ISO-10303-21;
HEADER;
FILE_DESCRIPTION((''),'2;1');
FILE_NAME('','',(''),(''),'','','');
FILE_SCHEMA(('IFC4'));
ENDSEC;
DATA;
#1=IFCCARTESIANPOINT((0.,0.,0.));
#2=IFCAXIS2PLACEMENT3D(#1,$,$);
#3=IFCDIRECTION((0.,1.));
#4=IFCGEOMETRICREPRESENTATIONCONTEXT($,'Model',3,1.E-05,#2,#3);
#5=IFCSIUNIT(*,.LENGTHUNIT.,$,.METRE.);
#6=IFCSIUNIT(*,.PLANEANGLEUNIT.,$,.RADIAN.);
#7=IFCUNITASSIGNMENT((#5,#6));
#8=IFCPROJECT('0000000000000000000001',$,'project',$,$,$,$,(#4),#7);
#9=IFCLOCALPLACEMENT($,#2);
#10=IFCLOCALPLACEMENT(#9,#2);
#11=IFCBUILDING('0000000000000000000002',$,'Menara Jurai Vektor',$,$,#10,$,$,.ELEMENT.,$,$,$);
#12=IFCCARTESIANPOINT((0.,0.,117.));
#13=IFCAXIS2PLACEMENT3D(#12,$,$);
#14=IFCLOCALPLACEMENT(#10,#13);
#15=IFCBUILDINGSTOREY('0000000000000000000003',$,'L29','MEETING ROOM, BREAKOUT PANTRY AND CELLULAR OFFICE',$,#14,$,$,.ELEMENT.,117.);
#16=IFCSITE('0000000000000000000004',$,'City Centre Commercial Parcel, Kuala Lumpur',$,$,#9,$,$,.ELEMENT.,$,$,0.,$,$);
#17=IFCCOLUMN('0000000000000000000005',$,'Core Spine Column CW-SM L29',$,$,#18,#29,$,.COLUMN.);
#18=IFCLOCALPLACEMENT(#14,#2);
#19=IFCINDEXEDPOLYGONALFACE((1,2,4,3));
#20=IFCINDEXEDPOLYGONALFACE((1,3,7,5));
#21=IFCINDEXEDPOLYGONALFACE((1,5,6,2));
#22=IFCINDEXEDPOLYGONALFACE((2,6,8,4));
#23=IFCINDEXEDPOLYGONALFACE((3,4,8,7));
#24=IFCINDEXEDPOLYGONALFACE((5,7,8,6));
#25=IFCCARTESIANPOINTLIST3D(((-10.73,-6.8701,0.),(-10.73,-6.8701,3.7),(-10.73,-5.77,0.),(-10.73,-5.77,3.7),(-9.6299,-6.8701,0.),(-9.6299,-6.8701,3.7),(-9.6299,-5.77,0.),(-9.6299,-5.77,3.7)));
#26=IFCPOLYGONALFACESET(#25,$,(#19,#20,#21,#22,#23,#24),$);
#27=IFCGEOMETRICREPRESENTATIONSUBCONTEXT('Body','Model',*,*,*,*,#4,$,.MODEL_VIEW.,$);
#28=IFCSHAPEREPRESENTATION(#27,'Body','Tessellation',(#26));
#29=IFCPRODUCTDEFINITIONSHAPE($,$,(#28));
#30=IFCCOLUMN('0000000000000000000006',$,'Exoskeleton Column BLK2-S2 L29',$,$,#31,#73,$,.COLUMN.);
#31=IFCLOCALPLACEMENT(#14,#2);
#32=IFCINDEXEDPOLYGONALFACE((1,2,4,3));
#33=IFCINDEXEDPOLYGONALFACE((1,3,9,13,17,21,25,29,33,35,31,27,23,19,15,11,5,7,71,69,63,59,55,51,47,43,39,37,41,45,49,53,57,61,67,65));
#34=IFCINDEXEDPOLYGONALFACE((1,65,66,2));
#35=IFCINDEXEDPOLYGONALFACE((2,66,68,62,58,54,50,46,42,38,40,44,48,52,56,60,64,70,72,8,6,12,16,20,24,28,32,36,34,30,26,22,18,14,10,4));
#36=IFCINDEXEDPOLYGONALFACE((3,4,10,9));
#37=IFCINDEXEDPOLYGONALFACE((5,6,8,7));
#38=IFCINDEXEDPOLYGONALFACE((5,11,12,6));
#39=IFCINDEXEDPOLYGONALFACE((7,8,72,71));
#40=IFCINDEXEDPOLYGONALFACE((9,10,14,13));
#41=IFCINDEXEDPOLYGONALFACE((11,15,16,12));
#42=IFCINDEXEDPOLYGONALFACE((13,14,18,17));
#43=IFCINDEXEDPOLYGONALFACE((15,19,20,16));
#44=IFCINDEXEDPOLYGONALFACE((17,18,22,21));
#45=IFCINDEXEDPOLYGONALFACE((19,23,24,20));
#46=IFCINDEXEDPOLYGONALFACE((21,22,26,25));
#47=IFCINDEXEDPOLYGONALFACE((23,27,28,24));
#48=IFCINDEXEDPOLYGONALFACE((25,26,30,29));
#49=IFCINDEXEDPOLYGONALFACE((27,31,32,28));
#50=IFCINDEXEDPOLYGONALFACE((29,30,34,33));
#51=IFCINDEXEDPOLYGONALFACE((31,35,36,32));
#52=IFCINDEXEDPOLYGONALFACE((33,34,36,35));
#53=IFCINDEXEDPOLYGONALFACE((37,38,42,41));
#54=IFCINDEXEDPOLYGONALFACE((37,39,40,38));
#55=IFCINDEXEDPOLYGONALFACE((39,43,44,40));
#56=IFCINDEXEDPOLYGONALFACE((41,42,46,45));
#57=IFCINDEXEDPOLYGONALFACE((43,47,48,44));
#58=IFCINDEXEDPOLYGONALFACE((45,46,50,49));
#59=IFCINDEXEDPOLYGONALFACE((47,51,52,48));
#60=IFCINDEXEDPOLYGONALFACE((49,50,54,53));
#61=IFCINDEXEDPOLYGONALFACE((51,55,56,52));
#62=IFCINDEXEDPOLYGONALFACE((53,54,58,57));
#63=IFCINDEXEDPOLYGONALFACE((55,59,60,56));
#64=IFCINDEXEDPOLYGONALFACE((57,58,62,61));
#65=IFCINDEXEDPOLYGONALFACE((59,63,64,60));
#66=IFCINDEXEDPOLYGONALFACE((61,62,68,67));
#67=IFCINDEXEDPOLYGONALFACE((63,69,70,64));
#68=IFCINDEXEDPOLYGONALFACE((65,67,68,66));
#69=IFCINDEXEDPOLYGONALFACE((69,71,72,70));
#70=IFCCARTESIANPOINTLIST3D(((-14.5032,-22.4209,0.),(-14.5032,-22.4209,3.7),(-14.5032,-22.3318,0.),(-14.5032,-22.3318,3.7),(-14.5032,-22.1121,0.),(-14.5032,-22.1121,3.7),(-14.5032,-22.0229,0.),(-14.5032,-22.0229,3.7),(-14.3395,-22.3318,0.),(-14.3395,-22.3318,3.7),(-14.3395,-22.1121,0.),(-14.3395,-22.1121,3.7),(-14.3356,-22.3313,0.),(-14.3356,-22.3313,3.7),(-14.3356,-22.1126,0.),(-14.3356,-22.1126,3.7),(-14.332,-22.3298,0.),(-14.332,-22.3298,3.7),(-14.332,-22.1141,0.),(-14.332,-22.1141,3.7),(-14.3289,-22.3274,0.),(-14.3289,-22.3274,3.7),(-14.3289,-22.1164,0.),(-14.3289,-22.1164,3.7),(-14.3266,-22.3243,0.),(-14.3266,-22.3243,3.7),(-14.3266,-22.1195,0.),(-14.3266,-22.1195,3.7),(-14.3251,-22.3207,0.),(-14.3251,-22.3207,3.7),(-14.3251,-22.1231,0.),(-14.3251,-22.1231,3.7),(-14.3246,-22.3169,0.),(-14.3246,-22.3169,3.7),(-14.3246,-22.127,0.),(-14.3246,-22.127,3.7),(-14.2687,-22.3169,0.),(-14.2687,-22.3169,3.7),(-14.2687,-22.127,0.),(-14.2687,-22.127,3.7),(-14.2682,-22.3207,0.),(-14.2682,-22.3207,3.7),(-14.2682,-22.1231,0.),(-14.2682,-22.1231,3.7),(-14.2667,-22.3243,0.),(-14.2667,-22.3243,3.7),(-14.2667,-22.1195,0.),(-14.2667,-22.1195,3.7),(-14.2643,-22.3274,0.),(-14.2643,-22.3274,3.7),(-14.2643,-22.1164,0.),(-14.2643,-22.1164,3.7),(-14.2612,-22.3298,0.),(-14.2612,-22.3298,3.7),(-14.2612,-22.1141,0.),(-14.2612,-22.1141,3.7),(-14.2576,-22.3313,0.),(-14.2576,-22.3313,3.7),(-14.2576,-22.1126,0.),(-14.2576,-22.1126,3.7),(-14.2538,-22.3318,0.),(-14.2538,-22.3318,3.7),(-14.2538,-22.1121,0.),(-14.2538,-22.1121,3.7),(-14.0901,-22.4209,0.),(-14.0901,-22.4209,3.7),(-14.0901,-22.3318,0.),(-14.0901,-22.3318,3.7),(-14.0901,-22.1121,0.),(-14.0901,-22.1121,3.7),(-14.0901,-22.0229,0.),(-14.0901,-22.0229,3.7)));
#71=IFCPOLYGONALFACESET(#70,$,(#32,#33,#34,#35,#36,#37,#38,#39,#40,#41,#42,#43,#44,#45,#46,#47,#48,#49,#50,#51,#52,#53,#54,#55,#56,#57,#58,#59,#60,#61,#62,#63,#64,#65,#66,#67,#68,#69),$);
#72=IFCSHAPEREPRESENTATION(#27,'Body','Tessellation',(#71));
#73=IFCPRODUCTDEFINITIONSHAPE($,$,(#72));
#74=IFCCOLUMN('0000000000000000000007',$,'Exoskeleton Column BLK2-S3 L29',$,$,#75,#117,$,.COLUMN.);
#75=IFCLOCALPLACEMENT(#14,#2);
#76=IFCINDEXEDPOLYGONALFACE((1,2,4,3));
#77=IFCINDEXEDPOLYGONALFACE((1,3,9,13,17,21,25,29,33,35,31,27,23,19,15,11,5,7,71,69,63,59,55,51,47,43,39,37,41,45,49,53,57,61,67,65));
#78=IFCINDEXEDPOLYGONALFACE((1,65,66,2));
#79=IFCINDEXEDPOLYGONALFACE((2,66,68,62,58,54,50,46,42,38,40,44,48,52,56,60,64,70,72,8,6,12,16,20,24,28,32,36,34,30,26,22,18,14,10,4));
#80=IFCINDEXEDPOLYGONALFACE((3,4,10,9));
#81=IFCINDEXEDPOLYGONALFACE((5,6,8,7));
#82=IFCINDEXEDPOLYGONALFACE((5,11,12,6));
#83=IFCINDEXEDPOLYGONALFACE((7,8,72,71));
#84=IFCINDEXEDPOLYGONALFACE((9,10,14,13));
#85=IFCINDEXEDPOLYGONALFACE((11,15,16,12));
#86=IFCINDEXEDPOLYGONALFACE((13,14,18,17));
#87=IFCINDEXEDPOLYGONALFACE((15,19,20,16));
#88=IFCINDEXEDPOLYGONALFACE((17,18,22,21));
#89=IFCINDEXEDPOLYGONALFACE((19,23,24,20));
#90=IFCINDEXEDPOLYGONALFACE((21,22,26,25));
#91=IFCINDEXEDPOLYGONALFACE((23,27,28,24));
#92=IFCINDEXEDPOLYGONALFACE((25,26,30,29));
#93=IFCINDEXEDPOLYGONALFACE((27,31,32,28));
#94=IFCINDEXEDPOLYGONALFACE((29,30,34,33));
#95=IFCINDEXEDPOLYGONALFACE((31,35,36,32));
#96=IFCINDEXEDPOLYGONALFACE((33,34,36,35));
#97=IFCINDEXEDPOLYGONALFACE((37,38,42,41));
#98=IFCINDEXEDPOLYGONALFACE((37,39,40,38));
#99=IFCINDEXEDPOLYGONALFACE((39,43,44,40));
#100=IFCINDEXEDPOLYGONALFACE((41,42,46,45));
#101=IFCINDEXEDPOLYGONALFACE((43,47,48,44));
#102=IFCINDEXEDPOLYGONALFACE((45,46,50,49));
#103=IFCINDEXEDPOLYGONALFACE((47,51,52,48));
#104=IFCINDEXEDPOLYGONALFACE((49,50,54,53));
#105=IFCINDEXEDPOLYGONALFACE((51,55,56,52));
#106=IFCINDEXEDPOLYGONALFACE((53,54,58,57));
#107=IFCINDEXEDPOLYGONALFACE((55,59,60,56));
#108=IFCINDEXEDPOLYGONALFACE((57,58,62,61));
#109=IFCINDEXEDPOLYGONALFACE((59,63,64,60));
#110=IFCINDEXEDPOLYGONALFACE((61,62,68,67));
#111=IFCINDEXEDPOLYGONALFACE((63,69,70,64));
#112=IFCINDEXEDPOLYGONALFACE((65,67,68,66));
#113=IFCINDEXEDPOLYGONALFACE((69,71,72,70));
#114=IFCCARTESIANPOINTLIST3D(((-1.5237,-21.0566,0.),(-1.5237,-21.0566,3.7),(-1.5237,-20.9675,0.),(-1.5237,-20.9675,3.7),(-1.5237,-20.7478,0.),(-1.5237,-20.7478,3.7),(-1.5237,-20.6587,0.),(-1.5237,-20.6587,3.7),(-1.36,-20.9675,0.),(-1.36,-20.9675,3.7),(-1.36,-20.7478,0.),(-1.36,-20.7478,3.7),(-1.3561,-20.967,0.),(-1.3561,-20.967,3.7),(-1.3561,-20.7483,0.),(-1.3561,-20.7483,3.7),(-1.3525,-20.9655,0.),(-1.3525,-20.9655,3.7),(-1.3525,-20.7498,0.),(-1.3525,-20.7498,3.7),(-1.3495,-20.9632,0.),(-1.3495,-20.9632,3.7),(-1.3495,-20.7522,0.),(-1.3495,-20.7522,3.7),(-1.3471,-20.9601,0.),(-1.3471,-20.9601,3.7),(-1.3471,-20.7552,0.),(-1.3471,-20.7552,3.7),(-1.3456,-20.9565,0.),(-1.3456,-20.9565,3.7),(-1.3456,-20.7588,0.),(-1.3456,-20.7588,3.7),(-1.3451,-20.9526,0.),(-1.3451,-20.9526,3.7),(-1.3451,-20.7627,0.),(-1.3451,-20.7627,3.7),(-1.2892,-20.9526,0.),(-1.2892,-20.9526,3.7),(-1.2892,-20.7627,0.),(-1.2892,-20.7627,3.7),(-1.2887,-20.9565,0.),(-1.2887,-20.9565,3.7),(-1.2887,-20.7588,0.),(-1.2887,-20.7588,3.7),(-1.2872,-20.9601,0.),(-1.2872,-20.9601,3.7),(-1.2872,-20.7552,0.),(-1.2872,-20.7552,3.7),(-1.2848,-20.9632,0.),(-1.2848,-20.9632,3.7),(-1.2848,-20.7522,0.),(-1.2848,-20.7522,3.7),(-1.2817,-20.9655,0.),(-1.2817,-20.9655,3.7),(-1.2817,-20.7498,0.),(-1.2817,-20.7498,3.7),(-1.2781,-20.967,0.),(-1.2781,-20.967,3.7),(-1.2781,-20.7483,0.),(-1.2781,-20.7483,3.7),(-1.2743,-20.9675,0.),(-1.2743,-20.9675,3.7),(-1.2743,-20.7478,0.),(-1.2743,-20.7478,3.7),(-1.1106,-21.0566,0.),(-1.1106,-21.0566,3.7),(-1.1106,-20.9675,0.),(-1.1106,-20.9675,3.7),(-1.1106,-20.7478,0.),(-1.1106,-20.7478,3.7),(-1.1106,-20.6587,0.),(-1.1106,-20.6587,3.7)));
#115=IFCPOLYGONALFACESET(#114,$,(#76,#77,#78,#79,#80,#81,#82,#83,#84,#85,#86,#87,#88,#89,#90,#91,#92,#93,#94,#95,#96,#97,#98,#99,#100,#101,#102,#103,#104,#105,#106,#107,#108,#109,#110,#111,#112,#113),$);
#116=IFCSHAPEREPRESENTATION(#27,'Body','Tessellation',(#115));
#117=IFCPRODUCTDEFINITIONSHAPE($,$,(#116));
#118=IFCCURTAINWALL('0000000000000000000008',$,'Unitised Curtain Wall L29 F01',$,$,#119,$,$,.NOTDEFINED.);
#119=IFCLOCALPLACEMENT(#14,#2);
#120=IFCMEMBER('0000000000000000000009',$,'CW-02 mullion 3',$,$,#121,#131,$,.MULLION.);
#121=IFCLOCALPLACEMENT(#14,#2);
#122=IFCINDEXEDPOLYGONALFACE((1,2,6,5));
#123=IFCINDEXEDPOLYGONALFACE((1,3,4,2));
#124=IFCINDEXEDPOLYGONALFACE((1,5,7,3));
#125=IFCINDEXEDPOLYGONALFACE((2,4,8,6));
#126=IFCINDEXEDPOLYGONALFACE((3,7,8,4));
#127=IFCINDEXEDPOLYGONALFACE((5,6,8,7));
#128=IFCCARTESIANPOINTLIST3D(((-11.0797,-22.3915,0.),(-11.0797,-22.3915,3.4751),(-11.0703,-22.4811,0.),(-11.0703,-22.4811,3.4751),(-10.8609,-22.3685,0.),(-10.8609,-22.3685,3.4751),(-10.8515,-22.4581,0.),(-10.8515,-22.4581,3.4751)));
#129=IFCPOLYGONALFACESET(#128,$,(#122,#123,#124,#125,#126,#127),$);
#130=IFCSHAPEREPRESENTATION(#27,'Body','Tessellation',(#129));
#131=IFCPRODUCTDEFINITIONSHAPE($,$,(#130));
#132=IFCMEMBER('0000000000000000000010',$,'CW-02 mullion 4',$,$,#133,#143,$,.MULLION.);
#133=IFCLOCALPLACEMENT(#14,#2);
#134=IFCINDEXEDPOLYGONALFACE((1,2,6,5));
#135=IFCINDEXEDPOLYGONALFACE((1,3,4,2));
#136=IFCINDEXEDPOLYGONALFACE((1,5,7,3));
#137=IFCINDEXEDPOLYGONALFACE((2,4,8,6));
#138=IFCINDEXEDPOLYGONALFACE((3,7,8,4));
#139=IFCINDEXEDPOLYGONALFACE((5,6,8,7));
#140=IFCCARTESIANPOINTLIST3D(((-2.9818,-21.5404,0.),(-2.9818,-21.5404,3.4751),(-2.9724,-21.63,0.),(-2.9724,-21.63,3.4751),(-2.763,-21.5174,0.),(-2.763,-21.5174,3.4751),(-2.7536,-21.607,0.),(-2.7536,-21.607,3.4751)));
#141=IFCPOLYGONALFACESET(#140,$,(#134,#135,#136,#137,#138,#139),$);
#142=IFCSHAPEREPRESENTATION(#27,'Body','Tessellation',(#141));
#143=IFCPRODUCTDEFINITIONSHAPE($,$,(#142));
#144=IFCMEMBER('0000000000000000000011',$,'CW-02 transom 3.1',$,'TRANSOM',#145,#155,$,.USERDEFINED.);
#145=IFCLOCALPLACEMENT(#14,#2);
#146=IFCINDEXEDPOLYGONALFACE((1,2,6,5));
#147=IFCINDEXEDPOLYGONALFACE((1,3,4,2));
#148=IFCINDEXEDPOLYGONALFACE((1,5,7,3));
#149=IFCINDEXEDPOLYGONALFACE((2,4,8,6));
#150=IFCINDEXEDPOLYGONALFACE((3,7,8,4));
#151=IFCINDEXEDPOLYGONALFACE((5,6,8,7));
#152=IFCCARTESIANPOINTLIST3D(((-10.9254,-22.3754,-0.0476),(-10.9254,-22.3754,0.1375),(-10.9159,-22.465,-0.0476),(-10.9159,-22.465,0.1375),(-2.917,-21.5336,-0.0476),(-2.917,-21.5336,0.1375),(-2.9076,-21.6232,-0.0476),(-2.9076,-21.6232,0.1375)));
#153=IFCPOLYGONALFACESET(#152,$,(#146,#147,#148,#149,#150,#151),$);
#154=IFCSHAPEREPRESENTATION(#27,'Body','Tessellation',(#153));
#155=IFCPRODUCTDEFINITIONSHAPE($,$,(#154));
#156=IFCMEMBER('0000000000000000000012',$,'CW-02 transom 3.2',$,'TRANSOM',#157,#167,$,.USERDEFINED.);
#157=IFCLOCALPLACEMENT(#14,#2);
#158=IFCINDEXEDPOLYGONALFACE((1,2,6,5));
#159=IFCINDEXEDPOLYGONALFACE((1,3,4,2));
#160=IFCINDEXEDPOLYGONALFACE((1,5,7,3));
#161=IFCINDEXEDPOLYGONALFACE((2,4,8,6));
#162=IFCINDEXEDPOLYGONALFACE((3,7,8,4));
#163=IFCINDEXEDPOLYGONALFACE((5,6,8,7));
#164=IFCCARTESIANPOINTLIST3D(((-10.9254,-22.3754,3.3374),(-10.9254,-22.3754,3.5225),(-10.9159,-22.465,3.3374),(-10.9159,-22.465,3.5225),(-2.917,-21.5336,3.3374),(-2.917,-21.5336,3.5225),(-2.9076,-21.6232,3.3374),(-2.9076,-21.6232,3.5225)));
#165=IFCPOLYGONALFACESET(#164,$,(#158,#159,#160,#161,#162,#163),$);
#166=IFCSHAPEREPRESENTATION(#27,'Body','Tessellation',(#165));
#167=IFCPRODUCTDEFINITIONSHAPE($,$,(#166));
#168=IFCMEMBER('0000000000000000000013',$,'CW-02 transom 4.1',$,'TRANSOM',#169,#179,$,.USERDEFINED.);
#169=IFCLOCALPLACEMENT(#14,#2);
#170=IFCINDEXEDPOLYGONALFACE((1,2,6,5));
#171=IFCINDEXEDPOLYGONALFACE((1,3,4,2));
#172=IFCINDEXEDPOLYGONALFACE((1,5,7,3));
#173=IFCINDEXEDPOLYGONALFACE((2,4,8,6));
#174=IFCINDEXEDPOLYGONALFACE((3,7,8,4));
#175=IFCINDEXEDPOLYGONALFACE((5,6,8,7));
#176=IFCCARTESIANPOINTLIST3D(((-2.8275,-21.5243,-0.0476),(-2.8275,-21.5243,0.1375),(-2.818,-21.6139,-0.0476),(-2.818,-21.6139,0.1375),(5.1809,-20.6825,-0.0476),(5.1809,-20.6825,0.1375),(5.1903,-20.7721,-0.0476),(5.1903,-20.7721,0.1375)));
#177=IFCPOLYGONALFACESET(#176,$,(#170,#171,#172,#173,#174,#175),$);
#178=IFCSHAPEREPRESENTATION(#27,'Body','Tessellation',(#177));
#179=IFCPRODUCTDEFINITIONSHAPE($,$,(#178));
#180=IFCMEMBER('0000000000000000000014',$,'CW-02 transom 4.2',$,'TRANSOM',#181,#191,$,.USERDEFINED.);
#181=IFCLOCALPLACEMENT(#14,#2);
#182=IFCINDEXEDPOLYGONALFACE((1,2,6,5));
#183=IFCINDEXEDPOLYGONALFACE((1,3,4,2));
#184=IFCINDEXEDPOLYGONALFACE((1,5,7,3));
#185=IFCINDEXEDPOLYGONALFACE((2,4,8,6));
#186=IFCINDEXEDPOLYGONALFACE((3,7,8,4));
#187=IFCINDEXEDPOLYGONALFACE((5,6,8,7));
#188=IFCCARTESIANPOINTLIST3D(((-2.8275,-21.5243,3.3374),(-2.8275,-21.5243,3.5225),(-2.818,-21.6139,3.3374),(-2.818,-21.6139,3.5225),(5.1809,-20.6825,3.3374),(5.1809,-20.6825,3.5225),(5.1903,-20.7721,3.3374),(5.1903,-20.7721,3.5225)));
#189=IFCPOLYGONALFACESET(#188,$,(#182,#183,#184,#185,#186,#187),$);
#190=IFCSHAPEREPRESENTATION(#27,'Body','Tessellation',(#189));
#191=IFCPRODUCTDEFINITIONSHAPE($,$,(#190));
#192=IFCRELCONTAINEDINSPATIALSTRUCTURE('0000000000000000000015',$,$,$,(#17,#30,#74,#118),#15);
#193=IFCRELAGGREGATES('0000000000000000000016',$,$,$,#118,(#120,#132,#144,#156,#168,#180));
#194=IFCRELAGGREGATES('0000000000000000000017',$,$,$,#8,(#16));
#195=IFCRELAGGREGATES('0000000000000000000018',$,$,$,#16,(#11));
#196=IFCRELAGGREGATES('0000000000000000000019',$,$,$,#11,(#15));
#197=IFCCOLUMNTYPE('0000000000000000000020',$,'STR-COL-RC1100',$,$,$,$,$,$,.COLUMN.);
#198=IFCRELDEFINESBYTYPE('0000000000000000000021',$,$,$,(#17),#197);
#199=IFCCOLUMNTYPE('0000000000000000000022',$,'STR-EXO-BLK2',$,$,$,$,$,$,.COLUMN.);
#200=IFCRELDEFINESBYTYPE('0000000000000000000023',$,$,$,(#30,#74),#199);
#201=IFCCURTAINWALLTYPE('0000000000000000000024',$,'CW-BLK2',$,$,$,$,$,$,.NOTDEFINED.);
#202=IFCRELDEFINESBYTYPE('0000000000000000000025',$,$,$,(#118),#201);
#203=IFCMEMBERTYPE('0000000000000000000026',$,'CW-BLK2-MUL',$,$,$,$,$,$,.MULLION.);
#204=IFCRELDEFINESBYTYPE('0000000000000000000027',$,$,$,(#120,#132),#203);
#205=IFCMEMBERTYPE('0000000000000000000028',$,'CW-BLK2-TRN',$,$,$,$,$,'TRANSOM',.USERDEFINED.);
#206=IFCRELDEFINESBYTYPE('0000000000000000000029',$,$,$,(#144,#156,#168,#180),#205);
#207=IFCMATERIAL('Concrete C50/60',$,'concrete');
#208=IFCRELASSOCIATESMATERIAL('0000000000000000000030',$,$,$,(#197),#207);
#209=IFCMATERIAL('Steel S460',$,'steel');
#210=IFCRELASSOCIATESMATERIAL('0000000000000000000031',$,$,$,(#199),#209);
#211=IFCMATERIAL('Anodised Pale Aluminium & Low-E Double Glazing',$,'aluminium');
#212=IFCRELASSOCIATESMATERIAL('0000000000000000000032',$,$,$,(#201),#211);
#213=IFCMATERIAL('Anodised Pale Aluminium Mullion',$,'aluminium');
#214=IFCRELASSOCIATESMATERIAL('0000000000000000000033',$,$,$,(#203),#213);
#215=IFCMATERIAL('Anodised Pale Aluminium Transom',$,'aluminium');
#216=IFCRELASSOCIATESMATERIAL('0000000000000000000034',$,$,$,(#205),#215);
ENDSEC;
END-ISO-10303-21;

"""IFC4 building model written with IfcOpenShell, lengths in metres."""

from ifc_helpers import new_model, si_unit, direction, frame, origin, origin_2d, place, context, subcontext, project, spatial, rectangle, i_section, extrude, material, material_profile, profile_set, type_object, element, aggregate, save


model = new_model("IFC4")

# Units and contexts
model_context = context("Model", 3, precision=1e-05, world=origin(), true_north=direction((0.0, 1.0)))
body_context = subcontext(model_context, "Body", "Model", "MODEL_VIEW")
ifc_project = project(units=[si_unit("LENGTHUNIT", "METRE"), si_unit("PLANEANGLEUNIT", "RADIAN")], contexts=[model_context])

# Site, building, storey
site_placement = place(None, origin())
site = spatial("IfcSite", under=ifc_project, at=site_placement, Name="City Centre Commercial Parcel, Kuala Lumpur", CompositionType="ELEMENT", RefElevation=0.0)
building_placement = place(site_placement, origin())
building = spatial("IfcBuilding", under=site, at=building_placement, Name="Menara Jurai Vektor", CompositionType="ELEMENT")
storey_placement = place(building_placement, frame((0.0, 0.0, 117.0)))
storey = spatial("IfcBuildingStorey", under=building, at=storey_placement, Name="L29", Description="MEETING ROOM, BREAKOUT PANTRY AND CELLULAR OFFICE", CompositionType="ELEMENT", Elevation=117.0)

# Columns
ifc_material_1 = material(Name="Concrete C50/60", Category="concrete")
ifc_material_profile_1 = material_profile(ifc_material_1, rectangle(XDim=1.1001, YDim=1.1001, at=origin_2d()), Name="RC 1100x1100")
ifc_profile_set_1 = profile_set([ifc_material_profile_1], Name="Concrete C50/60")
column_type_1 = type_object("IfcColumnType", Name="STR-COL-RC1100", PredefinedType="COLUMN", material=ifc_profile_set_1)
column_placement = place(storey_placement, frame((-10.1799, -6.3201, 0.0), z_axis=(0.0, 0.0, 1.0), x_axis=(1.0, 0.0, 0.0)))
element("IfcColumn", 1, at=column_placement, inside=storey, type_object=column_type_1, Name="Core Spine Column CW-SM L29", PredefinedType="COLUMN", context=body_context, shape_type="SweptSolid", body=[
    extrude(rectangle(XDim=1.1001, YDim=1.1001, at=origin_2d()), origin(), (0.0, 0.0, 1.0), 3.7),
])
ifc_material_2 = material(Name="Steel S460", Category="steel")
ifc_material_profile_2 = material_profile(ifc_material_2, i_section(OverallWidth=0.4131, OverallDepth=0.3979, WebThickness=0.0559, FlangeThickness=0.0891, FilletRadius=0.0149, at=origin_2d()), Name="HD 400x744")
ifc_profile_set_2 = profile_set([ifc_material_profile_2], Name="Steel S460")
column_type_2 = type_object("IfcColumnType", Name="STR-EXO-BLK2", PredefinedType="COLUMN", material=ifc_profile_set_2)
for number, where, z_axis, x_axis, name in (
    (2, (-14.2966, -22.2219, 0.0), (0.0, 0.0, 1.0), (1.0, 0.0, 0.0), "Exoskeleton Column BLK2-S2 L29"),
    (3, (-1.3171, -20.8577, 0.0), (0.0, 0.0, 1.0), (1.0, 0.0, 0.0), "Exoskeleton Column BLK2-S3 L29"),
):
    element("IfcColumn", number, at=place(storey_placement, frame(where, z_axis=z_axis, x_axis=x_axis)), inside=storey, type_object=column_type_2, Name=name, PredefinedType="COLUMN", context=body_context, shape_type="SweptSolid", body=[
        extrude(i_section(OverallWidth=0.4131, OverallDepth=0.3979, WebThickness=0.0559, FlangeThickness=0.0891, FilletRadius=0.0149, at=origin_2d()), origin(), (0.0, 0.0, 1.0), 3.7),
    ])

# Curtain wall, members
ifc_material_3 = material(Name="Anodised Pale Aluminium & Low-E Double Glazing", Category="aluminium")
curtain_wall_type = type_object("IfcCurtainWallType", Name="CW-BLK2", PredefinedType="NOTDEFINED", material=ifc_material_3)
curtain_wall_placement = place(storey_placement, origin())
curtain_wall = element("IfcCurtainWall", 4, at=curtain_wall_placement, inside=storey, type_object=curtain_wall_type, Name="Unitised Curtain Wall L29 F01", PredefinedType="NOTDEFINED")
ifc_material_4 = material(Name="Anodised Pale Aluminium Mullion", Category="aluminium")
ifc_material_profile_3 = material_profile(ifc_material_4, rectangle(XDim=0.0901, YDim=0.22, at=origin_2d()), Name="ALU MUL 90x220")
ifc_profile_set_3 = profile_set([ifc_material_profile_3], Name="Anodised Pale Aluminium Mullion")
member_type_1 = type_object("IfcMemberType", Name="CW-BLK2-MUL", PredefinedType="MULLION", material=ifc_profile_set_3)
member_1_placement = place(storey_placement, frame((-10.9656, -22.4248, 0.0), z_axis=(0.0, 0.0, 1.0), x_axis=(-0.104529, 0.994522, 0.0)))
member_1 = element("IfcMember", 5, at=member_1_placement, type_object=member_type_1, Name="CW-02 mullion 3", PredefinedType="MULLION", context=body_context, shape_type="SweptSolid", body=[
    extrude(rectangle(XDim=0.0901, YDim=0.22, at=origin_2d()), origin(), (0.0, 0.0, 1.0), 3.4751),
])
member_2_placement = place(storey_placement, frame((-2.8677, -21.5737, 0.0), z_axis=(0.0, 0.0, 1.0), x_axis=(-0.104529, 0.994522, 0.0)))
member_2 = element("IfcMember", 6, at=member_2_placement, type_object=member_type_1, Name="CW-02 mullion 4", PredefinedType="MULLION", context=body_context, shape_type="SweptSolid", body=[
    extrude(rectangle(XDim=0.0901, YDim=0.22, at=origin_2d()), origin(), (0.0, 0.0, 1.0), 3.4751),
])
ifc_material_5 = material(Name="Anodised Pale Aluminium Transom", Category="aluminium")
ifc_material_profile_4 = material_profile(ifc_material_5, rectangle(XDim=0.0901, YDim=0.1851, at=origin_2d()), Name="ALU TRN 90x185")
ifc_profile_set_4 = profile_set([ifc_material_profile_4], Name="Anodised Pale Aluminium Transom")
member_type_2 = type_object("IfcMemberType", Name="CW-BLK2-TRN", ElementType="TRANSOM", PredefinedType="USERDEFINED", material=ifc_profile_set_4)
member_3_placement = place(storey_placement, frame((-10.9207, -22.4202, 0.0449), z_axis=(0.994521, 0.10454, 0.0), x_axis=(-0.10454, 0.994521, 0.0)))
member_3 = element("IfcMember", 7, at=member_3_placement, type_object=member_type_2, Name="CW-02 transom 3.1", ObjectType="TRANSOM", PredefinedType="USERDEFINED", context=body_context, shape_type="SweptSolid", body=[
    extrude(rectangle(XDim=0.0901, YDim=0.1851, at=origin_2d()), origin(), (0.0, 0.0, 1.0), 8.0525),
])
member_4_placement = place(storey_placement, frame((-10.9207, -22.4202, 3.4299), z_axis=(0.994521, 0.10454, 0.0), x_axis=(-0.10454, 0.994521, 0.0)))
member_4 = element("IfcMember", 8, at=member_4_placement, type_object=member_type_2, Name="CW-02 transom 3.2", ObjectType="TRANSOM", PredefinedType="USERDEFINED", context=body_context, shape_type="SweptSolid", body=[
    extrude(rectangle(XDim=0.0901, YDim=0.1851, at=origin_2d()), origin(), (0.0, 0.0, 1.0), 8.0525),
])
member_5_placement = place(storey_placement, frame((-2.8228, -21.5691, 0.0449), z_axis=(0.994521, 0.10454, 0.0), x_axis=(-0.10454, 0.994521, 0.0)))
member_5 = element("IfcMember", 9, at=member_5_placement, type_object=member_type_2, Name="CW-02 transom 4.1", ObjectType="TRANSOM", PredefinedType="USERDEFINED", context=body_context, shape_type="SweptSolid", body=[
    extrude(rectangle(XDim=0.0901, YDim=0.1851, at=origin_2d()), origin(), (0.0, 0.0, 1.0), 8.0525),
])
member_6_placement = place(storey_placement, frame((-2.8228, -21.5691, 3.4299), z_axis=(0.994521, 0.10454, 0.0), x_axis=(-0.10454, 0.994521, 0.0)))
member_6 = element("IfcMember", 10, at=member_6_placement, type_object=member_type_2, Name="CW-02 transom 4.2", ObjectType="TRANSOM", PredefinedType="USERDEFINED", context=body_context, shape_type="SweptSolid", body=[
    extrude(rectangle(XDim=0.0901, YDim=0.1851, at=origin_2d()), origin(), (0.0, 0.0, 1.0), 8.0525),
])

aggregate(curtain_wall, [member_1, member_2, member_3, member_4, member_5, member_6])

save(model, "model.ifc")
